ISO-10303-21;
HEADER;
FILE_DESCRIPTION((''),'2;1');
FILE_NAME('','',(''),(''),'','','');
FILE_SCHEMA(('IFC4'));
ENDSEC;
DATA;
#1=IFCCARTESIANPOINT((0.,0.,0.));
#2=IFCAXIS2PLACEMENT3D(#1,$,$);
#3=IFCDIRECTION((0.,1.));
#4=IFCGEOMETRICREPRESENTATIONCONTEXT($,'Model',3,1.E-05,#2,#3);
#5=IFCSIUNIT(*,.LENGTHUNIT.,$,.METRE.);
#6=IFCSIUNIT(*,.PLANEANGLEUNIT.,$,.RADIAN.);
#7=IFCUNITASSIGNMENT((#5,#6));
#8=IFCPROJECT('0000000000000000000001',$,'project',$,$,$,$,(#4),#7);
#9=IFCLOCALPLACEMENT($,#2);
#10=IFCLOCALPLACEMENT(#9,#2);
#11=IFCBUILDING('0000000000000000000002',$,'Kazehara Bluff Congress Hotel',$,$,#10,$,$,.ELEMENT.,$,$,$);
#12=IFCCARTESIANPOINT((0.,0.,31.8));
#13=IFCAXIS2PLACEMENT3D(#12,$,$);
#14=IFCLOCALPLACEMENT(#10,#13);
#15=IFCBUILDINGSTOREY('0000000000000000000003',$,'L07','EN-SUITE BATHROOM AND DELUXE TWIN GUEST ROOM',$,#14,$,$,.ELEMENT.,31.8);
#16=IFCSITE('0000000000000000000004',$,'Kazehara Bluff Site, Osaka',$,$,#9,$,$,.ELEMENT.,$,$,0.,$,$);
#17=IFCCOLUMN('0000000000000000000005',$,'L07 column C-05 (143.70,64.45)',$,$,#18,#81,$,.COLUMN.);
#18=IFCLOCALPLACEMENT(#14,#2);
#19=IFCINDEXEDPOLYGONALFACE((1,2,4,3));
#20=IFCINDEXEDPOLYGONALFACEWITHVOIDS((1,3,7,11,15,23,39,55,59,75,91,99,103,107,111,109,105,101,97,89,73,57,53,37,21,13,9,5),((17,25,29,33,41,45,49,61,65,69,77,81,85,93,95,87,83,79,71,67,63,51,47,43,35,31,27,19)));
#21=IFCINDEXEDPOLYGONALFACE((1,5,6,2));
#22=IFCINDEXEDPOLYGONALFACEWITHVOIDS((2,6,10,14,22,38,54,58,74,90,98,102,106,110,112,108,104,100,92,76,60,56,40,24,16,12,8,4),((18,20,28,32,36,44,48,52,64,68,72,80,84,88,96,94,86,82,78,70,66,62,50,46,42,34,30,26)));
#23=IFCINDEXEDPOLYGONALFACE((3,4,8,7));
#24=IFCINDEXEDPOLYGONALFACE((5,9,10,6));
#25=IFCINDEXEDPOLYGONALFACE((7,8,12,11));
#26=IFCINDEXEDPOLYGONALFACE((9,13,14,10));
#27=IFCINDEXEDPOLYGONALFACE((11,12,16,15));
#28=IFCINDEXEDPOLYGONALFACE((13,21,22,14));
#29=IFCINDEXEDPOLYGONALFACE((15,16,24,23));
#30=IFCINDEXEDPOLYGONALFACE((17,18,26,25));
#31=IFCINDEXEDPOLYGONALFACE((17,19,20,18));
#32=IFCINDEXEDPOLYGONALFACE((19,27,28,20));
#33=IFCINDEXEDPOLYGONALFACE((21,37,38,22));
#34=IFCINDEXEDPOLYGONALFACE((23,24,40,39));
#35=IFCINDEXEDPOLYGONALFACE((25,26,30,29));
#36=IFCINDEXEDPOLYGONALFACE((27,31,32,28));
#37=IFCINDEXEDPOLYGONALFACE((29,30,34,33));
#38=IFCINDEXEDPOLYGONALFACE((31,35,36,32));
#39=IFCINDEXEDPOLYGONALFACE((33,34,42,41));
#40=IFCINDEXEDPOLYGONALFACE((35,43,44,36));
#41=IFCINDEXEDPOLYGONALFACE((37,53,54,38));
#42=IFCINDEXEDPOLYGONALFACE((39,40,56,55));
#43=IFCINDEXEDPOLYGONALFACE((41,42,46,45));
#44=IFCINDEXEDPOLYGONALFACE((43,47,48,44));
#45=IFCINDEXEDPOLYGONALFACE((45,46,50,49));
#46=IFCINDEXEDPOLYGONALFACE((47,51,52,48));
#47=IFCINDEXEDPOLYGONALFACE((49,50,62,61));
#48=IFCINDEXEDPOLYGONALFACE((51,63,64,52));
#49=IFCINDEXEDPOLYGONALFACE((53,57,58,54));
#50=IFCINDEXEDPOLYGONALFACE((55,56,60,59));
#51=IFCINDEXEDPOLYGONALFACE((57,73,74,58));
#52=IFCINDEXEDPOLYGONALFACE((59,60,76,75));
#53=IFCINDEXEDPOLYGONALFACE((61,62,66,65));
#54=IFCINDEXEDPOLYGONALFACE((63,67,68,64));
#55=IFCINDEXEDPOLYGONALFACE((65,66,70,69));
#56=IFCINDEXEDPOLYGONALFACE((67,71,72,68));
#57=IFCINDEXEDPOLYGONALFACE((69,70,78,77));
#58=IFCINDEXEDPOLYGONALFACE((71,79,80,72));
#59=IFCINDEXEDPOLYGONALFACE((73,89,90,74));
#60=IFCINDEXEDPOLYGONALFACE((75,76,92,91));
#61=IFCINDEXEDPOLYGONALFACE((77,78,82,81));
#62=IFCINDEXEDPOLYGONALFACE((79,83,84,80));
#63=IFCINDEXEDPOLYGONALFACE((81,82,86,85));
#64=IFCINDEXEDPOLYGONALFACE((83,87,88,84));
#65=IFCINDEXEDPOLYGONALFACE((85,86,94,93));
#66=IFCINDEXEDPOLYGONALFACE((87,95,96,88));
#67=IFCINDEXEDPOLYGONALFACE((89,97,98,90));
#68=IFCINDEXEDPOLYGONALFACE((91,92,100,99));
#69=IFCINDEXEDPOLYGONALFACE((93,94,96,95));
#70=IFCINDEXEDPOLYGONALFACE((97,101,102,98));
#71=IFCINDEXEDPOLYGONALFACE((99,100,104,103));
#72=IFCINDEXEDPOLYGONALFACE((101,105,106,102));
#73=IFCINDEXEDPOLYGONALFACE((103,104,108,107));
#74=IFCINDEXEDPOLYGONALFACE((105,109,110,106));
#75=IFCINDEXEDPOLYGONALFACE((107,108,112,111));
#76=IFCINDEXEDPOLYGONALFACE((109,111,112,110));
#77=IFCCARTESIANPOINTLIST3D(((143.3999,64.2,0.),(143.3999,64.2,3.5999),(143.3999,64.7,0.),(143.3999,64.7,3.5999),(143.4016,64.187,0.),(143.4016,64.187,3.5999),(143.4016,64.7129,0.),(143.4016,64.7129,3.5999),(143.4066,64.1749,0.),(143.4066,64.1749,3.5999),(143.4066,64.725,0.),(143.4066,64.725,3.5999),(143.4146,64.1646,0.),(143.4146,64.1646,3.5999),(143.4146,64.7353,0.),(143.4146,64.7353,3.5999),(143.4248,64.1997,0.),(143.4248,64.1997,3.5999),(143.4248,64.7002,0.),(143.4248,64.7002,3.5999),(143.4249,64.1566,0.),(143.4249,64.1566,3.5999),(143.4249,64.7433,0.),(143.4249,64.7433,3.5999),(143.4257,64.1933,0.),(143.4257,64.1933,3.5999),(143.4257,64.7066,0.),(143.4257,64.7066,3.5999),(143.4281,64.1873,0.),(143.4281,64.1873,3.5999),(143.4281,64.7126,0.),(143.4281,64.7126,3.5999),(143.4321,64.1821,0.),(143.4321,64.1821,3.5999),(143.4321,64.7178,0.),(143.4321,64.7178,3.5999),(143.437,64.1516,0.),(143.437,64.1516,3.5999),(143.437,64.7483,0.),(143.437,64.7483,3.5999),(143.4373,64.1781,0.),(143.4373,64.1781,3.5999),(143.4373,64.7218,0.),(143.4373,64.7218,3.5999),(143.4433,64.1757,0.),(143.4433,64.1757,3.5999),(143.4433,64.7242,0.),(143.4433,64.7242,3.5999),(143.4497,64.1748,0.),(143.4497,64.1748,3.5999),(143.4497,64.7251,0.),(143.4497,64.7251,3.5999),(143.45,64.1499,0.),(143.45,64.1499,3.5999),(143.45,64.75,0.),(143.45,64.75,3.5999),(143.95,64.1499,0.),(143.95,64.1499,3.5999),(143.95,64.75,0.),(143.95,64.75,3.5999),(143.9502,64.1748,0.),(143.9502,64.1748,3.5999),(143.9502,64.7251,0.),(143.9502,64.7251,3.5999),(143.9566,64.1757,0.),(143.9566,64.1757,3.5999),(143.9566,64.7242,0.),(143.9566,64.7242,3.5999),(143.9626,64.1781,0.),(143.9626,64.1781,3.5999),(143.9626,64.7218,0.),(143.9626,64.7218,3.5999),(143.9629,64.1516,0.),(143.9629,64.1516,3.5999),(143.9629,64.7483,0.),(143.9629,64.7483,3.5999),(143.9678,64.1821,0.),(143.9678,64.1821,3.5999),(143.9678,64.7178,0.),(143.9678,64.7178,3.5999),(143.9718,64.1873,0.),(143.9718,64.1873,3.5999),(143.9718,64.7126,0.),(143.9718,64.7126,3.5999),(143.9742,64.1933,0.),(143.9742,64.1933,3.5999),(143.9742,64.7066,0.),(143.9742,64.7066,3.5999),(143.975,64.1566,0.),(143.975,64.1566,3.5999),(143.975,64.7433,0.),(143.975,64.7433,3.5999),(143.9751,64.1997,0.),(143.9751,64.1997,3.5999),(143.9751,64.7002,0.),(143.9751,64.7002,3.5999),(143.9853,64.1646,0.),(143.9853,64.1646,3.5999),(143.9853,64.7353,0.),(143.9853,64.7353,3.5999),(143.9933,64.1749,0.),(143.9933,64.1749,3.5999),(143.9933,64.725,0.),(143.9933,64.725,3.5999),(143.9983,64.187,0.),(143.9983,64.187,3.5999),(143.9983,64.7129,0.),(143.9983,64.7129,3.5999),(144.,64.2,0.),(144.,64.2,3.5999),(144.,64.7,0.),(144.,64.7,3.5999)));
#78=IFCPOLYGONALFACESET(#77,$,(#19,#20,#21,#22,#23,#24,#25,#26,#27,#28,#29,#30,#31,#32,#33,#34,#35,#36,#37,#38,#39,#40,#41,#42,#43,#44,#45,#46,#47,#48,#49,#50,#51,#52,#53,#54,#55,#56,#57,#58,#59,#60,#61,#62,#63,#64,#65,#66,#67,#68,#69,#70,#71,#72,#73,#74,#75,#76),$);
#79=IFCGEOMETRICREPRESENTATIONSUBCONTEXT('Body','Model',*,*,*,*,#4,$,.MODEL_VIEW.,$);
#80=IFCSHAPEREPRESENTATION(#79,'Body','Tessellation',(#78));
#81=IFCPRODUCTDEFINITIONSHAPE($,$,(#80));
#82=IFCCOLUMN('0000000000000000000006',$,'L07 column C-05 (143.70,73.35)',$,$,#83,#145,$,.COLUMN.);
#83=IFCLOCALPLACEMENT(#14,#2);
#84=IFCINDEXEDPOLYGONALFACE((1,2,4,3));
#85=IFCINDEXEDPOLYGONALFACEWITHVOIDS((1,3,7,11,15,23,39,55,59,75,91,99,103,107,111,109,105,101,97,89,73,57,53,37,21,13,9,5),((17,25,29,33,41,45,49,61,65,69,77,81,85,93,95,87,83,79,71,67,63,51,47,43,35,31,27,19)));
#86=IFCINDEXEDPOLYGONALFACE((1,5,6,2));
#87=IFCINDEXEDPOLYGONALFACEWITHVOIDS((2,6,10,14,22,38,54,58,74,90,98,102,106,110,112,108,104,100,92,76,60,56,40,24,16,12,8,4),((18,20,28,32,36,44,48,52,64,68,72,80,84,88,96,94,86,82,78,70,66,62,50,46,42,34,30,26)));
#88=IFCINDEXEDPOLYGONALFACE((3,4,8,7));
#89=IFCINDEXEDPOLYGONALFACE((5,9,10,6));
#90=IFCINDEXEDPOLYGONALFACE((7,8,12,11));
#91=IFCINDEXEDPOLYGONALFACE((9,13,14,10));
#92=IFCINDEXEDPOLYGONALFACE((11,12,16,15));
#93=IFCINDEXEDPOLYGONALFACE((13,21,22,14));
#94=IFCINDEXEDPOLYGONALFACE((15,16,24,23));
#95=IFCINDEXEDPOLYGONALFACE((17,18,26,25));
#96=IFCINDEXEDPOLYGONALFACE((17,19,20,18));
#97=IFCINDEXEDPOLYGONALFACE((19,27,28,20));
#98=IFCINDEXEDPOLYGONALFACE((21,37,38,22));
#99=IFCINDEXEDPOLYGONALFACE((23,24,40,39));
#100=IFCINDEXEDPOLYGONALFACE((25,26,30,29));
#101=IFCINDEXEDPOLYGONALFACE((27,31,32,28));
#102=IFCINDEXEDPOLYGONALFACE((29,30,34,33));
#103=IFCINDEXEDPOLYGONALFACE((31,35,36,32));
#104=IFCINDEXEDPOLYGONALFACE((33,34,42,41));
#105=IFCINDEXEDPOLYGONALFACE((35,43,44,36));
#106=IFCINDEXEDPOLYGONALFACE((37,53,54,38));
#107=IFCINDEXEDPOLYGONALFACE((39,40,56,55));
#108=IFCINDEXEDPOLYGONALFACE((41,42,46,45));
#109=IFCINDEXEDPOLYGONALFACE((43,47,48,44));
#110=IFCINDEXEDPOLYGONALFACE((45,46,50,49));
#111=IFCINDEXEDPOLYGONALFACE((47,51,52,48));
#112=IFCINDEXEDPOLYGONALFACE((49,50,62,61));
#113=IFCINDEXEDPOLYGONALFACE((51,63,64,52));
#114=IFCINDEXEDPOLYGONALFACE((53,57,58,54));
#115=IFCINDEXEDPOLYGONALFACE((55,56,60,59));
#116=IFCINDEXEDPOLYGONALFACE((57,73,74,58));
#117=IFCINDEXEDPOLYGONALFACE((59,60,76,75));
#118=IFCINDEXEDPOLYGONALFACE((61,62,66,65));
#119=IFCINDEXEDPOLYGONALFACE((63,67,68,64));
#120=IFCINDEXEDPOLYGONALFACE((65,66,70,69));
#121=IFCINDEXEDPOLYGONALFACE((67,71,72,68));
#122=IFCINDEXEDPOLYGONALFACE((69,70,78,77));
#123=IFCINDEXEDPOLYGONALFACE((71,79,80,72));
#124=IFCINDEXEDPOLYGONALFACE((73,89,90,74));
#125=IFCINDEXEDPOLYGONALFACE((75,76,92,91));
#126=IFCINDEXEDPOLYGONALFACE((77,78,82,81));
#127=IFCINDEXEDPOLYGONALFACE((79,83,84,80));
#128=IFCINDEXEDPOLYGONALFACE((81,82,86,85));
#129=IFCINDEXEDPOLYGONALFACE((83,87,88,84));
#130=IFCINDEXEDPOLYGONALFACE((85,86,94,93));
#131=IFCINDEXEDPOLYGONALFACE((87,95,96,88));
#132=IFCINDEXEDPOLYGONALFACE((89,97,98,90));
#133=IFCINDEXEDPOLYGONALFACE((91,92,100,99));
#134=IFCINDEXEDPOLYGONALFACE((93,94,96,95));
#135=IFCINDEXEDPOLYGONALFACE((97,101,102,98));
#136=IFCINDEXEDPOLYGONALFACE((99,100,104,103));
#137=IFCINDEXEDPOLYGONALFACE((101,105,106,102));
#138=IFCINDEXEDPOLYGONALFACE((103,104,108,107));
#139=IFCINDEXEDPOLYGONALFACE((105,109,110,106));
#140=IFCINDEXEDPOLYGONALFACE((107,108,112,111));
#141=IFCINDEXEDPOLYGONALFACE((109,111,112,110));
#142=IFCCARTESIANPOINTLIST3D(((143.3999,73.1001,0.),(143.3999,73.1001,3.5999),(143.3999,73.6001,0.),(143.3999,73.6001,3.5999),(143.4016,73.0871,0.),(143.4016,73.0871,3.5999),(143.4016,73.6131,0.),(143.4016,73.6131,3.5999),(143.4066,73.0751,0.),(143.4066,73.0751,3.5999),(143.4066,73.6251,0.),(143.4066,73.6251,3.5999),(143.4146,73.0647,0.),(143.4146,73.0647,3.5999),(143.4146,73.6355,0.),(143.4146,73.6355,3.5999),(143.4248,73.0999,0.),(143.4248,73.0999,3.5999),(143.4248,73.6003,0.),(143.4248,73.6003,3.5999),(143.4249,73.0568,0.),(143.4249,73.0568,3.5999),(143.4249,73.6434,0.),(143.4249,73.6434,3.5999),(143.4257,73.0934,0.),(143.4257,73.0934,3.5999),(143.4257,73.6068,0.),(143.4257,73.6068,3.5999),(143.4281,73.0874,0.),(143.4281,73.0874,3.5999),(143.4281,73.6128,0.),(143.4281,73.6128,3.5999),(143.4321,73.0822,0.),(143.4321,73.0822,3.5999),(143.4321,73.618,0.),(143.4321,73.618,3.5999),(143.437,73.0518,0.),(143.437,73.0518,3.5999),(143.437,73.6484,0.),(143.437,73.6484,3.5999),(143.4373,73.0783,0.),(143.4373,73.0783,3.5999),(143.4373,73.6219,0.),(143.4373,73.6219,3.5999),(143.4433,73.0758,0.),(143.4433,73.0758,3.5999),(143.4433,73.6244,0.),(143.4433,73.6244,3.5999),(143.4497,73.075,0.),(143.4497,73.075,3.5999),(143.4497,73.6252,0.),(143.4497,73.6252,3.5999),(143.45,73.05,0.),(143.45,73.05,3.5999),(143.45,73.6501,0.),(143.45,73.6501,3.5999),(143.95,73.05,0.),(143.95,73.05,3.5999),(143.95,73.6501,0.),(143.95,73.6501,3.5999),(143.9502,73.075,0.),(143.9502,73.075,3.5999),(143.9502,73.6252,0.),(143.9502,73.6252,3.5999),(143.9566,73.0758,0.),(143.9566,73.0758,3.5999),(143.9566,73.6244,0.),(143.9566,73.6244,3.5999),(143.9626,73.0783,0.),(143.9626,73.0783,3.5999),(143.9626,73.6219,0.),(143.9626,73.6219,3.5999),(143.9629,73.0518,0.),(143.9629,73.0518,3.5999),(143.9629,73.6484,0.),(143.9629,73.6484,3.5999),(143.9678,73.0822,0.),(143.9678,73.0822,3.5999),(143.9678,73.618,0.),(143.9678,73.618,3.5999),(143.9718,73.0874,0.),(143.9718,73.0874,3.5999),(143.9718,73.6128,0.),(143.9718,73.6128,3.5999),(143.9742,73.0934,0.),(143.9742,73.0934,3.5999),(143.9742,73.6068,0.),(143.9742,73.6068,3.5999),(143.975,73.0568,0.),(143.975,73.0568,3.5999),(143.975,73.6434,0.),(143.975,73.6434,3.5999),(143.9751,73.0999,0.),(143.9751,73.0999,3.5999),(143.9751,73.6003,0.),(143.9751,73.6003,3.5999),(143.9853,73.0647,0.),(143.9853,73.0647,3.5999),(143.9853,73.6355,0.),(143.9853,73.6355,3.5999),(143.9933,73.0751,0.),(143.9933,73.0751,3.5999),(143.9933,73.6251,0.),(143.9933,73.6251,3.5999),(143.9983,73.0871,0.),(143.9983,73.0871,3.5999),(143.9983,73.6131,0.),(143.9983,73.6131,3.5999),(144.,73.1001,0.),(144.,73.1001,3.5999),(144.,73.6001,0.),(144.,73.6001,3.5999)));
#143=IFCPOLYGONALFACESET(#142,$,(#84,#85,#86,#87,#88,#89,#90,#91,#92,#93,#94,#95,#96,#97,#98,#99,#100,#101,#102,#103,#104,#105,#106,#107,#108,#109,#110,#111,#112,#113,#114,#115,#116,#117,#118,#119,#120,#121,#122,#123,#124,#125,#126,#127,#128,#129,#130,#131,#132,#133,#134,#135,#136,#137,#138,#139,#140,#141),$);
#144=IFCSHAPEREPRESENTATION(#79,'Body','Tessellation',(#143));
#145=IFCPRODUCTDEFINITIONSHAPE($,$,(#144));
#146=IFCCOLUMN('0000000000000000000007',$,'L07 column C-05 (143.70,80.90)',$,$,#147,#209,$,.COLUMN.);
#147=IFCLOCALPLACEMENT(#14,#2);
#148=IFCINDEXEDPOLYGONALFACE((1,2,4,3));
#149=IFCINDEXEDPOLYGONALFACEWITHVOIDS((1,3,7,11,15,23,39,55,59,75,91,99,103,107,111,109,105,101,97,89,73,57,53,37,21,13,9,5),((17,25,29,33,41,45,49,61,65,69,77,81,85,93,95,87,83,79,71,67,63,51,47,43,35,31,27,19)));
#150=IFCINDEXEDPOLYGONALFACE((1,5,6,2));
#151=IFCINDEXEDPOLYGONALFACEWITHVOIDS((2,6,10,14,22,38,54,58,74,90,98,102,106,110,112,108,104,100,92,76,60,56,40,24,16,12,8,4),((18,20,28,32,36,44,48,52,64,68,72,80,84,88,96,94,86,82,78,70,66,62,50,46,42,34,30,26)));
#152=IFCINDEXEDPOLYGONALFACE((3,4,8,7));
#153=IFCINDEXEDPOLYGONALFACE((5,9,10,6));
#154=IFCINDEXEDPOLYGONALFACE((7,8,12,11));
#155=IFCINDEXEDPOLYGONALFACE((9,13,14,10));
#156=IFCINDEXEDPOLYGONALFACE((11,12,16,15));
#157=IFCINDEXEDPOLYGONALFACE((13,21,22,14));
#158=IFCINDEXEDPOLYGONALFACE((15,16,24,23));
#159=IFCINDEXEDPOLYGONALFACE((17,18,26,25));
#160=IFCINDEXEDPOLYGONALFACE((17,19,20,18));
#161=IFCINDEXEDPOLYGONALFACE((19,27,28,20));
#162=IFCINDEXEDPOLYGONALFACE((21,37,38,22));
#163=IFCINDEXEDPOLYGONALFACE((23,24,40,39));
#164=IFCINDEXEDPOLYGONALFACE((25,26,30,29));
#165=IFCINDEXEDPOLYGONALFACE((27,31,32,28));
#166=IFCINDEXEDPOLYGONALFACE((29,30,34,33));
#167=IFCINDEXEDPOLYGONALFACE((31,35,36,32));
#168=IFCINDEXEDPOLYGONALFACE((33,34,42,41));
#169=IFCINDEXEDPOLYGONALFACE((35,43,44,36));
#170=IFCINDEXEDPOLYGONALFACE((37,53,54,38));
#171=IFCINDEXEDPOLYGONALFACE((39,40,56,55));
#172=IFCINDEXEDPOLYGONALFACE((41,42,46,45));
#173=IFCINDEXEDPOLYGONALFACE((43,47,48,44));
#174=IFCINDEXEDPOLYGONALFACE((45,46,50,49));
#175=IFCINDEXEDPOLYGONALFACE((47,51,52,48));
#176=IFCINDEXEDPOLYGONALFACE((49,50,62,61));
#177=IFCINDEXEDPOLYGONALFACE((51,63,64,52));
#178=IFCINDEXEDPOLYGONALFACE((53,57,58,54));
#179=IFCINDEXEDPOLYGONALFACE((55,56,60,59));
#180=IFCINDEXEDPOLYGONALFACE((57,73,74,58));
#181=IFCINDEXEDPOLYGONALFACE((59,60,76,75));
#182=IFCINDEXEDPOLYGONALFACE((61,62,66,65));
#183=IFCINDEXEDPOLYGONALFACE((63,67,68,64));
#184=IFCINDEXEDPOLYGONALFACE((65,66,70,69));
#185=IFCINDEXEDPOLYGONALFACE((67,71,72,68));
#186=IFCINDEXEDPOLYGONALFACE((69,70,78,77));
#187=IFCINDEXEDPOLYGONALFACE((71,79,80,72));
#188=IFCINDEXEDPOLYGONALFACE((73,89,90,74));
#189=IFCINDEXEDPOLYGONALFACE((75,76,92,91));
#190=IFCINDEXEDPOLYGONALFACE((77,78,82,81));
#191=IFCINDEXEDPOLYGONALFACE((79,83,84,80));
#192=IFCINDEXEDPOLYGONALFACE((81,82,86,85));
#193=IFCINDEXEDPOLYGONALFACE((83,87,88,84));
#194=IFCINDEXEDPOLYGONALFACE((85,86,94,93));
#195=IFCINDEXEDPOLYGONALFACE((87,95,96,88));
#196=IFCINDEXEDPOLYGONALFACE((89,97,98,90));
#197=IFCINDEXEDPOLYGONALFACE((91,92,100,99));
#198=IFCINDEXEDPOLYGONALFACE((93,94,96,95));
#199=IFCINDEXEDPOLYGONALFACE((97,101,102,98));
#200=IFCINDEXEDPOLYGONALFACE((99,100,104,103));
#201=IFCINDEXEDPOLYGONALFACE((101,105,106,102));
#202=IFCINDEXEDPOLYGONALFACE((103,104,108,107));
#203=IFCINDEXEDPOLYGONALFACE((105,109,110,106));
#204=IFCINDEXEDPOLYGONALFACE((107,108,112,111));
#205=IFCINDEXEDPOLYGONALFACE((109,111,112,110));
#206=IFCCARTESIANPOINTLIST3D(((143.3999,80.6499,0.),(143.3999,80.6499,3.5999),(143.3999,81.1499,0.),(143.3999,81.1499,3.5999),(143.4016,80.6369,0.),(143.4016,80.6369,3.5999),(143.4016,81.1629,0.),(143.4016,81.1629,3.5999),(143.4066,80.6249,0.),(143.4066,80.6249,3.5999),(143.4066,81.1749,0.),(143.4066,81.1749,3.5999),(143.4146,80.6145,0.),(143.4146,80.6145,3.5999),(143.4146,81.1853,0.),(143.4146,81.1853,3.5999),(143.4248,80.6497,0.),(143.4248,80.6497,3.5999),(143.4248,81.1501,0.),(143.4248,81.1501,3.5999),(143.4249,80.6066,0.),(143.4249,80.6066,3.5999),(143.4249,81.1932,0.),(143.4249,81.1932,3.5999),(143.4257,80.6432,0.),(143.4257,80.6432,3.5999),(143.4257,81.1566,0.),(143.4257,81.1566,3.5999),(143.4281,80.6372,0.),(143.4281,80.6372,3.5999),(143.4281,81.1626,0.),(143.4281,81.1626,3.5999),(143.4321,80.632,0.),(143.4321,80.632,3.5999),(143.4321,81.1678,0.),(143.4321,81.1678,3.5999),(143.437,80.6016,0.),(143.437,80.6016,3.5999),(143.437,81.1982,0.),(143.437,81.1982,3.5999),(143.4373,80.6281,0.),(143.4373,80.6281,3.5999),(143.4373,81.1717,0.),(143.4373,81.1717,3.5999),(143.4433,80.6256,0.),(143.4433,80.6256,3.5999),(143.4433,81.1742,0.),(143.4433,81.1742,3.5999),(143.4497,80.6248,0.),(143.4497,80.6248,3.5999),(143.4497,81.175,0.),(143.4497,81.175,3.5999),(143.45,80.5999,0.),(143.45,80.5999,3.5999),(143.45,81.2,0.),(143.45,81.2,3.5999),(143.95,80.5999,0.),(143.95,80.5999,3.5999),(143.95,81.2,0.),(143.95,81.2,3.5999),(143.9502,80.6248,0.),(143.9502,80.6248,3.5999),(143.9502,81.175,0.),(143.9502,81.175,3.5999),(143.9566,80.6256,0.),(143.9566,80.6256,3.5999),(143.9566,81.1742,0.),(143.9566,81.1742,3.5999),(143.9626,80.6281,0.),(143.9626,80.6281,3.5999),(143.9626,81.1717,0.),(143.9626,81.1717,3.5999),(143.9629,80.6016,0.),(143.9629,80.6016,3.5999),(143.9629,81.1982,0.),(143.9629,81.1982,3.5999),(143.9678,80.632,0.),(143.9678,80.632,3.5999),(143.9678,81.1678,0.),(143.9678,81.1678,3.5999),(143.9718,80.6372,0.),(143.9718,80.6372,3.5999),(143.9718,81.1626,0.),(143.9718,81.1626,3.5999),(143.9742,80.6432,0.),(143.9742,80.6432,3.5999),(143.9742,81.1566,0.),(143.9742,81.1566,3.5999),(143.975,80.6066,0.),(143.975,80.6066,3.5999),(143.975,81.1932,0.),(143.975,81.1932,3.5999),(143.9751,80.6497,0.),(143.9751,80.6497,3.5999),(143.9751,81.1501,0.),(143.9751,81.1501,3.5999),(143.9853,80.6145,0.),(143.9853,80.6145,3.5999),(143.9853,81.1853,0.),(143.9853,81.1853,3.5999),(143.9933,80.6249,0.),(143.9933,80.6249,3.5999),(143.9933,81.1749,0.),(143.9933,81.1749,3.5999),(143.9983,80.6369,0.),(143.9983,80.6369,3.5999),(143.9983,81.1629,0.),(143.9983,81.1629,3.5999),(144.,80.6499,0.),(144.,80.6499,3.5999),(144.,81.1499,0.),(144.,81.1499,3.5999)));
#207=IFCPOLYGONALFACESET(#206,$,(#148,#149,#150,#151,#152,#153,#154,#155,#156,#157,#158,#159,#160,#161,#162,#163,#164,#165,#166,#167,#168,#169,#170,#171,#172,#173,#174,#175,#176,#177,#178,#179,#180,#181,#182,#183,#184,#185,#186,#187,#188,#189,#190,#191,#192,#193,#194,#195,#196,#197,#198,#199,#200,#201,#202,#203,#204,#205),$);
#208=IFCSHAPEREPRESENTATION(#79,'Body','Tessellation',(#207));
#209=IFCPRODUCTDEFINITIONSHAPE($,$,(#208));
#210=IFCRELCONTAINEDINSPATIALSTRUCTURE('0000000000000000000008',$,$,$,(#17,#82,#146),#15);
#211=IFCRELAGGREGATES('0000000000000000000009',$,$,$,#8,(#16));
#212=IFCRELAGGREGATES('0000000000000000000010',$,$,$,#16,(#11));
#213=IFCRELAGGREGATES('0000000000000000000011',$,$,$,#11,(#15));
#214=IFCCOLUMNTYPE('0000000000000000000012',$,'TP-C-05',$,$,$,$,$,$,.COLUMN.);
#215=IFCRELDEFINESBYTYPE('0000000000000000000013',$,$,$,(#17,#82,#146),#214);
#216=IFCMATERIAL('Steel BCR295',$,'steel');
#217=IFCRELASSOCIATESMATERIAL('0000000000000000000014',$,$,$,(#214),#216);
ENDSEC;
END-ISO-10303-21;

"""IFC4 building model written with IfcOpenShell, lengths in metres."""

from ifc_helpers import new_model, si_unit, direction, frame, origin, origin_2d, place, context, subcontext, project, spatial, hollow_rectangle, extrude, material, material_profile, profile_set, type_object, element, save


model = new_model("IFC4")

# Units and contexts
model_context = context("Model", 3, precision=1e-05, world=origin(), true_north=direction((0.0, 1.0)))
body_context = subcontext(model_context, "Body", "Model", "MODEL_VIEW")
ifc_project = project(units=[si_unit("LENGTHUNIT", "METRE"), si_unit("PLANEANGLEUNIT", "RADIAN")], contexts=[model_context])

# Site, building, storey
site_placement = place(None, origin())
site = spatial("IfcSite", under=ifc_project, at=site_placement, Name="Kazehara Bluff Site, Osaka", CompositionType="ELEMENT", RefElevation=0.0)
building_placement = place(site_placement, origin())
building = spatial("IfcBuilding", under=site, at=building_placement, Name="Kazehara Bluff Congress Hotel", CompositionType="ELEMENT")
storey_placement = place(building_placement, frame((0.0, 0.0, 31.8)))
storey = spatial("IfcBuildingStorey", under=building, at=storey_placement, Name="L07", Description="EN-SUITE BATHROOM AND DELUXE TWIN GUEST ROOM", CompositionType="ELEMENT", Elevation=31.8)

# Columns
ifc_material_1 = material(Name="Steel BCR295", Category="steel")
ifc_material_profile_1 = material_profile(ifc_material_1, hollow_rectangle(XDim=0.6001, YDim=0.6001, WallThickness=0.0249, InnerFilletRadius=0.0249, OuterFilletRadius=0.05, at=origin_2d()))
ifc_profile_set_1 = profile_set([ifc_material_profile_1], Name="Steel BCR295")
column_type = type_object("IfcColumnType", Name="TP-C-05", PredefinedType="COLUMN", material=ifc_profile_set_1)
for number, where, z_axis, x_axis, name in (
    (1, (143.7, 64.45, 0.0), (0.0, 0.0, 1.0), (1.0, 0.0, 0.0), "L07 column C-05 (143.70,64.45)"),
    (2, (143.7, 73.3501, 0.0), (0.0, 0.0, 1.0), (1.0, 0.0, 0.0), "L07 column C-05 (143.70,73.35)"),
    (3, (143.7, 80.8999, 0.0), (0.0, 0.0, 1.0), (1.0, 0.0, 0.0), "L07 column C-05 (143.70,80.90)"),
):
    element("IfcColumn", number, at=place(storey_placement, frame(where, z_axis=z_axis, x_axis=x_axis)), inside=storey, type_object=column_type, Name=name, PredefinedType="COLUMN", context=body_context, shape_type="SweptSolid", body=[
        extrude(hollow_rectangle(XDim=0.6001, YDim=0.6001, WallThickness=0.0249, InnerFilletRadius=0.0249, OuterFilletRadius=0.05, at=origin_2d()), origin(), (0.0, 0.0, 1.0), 3.5999),
    ])

save(model, "model.ifc")
